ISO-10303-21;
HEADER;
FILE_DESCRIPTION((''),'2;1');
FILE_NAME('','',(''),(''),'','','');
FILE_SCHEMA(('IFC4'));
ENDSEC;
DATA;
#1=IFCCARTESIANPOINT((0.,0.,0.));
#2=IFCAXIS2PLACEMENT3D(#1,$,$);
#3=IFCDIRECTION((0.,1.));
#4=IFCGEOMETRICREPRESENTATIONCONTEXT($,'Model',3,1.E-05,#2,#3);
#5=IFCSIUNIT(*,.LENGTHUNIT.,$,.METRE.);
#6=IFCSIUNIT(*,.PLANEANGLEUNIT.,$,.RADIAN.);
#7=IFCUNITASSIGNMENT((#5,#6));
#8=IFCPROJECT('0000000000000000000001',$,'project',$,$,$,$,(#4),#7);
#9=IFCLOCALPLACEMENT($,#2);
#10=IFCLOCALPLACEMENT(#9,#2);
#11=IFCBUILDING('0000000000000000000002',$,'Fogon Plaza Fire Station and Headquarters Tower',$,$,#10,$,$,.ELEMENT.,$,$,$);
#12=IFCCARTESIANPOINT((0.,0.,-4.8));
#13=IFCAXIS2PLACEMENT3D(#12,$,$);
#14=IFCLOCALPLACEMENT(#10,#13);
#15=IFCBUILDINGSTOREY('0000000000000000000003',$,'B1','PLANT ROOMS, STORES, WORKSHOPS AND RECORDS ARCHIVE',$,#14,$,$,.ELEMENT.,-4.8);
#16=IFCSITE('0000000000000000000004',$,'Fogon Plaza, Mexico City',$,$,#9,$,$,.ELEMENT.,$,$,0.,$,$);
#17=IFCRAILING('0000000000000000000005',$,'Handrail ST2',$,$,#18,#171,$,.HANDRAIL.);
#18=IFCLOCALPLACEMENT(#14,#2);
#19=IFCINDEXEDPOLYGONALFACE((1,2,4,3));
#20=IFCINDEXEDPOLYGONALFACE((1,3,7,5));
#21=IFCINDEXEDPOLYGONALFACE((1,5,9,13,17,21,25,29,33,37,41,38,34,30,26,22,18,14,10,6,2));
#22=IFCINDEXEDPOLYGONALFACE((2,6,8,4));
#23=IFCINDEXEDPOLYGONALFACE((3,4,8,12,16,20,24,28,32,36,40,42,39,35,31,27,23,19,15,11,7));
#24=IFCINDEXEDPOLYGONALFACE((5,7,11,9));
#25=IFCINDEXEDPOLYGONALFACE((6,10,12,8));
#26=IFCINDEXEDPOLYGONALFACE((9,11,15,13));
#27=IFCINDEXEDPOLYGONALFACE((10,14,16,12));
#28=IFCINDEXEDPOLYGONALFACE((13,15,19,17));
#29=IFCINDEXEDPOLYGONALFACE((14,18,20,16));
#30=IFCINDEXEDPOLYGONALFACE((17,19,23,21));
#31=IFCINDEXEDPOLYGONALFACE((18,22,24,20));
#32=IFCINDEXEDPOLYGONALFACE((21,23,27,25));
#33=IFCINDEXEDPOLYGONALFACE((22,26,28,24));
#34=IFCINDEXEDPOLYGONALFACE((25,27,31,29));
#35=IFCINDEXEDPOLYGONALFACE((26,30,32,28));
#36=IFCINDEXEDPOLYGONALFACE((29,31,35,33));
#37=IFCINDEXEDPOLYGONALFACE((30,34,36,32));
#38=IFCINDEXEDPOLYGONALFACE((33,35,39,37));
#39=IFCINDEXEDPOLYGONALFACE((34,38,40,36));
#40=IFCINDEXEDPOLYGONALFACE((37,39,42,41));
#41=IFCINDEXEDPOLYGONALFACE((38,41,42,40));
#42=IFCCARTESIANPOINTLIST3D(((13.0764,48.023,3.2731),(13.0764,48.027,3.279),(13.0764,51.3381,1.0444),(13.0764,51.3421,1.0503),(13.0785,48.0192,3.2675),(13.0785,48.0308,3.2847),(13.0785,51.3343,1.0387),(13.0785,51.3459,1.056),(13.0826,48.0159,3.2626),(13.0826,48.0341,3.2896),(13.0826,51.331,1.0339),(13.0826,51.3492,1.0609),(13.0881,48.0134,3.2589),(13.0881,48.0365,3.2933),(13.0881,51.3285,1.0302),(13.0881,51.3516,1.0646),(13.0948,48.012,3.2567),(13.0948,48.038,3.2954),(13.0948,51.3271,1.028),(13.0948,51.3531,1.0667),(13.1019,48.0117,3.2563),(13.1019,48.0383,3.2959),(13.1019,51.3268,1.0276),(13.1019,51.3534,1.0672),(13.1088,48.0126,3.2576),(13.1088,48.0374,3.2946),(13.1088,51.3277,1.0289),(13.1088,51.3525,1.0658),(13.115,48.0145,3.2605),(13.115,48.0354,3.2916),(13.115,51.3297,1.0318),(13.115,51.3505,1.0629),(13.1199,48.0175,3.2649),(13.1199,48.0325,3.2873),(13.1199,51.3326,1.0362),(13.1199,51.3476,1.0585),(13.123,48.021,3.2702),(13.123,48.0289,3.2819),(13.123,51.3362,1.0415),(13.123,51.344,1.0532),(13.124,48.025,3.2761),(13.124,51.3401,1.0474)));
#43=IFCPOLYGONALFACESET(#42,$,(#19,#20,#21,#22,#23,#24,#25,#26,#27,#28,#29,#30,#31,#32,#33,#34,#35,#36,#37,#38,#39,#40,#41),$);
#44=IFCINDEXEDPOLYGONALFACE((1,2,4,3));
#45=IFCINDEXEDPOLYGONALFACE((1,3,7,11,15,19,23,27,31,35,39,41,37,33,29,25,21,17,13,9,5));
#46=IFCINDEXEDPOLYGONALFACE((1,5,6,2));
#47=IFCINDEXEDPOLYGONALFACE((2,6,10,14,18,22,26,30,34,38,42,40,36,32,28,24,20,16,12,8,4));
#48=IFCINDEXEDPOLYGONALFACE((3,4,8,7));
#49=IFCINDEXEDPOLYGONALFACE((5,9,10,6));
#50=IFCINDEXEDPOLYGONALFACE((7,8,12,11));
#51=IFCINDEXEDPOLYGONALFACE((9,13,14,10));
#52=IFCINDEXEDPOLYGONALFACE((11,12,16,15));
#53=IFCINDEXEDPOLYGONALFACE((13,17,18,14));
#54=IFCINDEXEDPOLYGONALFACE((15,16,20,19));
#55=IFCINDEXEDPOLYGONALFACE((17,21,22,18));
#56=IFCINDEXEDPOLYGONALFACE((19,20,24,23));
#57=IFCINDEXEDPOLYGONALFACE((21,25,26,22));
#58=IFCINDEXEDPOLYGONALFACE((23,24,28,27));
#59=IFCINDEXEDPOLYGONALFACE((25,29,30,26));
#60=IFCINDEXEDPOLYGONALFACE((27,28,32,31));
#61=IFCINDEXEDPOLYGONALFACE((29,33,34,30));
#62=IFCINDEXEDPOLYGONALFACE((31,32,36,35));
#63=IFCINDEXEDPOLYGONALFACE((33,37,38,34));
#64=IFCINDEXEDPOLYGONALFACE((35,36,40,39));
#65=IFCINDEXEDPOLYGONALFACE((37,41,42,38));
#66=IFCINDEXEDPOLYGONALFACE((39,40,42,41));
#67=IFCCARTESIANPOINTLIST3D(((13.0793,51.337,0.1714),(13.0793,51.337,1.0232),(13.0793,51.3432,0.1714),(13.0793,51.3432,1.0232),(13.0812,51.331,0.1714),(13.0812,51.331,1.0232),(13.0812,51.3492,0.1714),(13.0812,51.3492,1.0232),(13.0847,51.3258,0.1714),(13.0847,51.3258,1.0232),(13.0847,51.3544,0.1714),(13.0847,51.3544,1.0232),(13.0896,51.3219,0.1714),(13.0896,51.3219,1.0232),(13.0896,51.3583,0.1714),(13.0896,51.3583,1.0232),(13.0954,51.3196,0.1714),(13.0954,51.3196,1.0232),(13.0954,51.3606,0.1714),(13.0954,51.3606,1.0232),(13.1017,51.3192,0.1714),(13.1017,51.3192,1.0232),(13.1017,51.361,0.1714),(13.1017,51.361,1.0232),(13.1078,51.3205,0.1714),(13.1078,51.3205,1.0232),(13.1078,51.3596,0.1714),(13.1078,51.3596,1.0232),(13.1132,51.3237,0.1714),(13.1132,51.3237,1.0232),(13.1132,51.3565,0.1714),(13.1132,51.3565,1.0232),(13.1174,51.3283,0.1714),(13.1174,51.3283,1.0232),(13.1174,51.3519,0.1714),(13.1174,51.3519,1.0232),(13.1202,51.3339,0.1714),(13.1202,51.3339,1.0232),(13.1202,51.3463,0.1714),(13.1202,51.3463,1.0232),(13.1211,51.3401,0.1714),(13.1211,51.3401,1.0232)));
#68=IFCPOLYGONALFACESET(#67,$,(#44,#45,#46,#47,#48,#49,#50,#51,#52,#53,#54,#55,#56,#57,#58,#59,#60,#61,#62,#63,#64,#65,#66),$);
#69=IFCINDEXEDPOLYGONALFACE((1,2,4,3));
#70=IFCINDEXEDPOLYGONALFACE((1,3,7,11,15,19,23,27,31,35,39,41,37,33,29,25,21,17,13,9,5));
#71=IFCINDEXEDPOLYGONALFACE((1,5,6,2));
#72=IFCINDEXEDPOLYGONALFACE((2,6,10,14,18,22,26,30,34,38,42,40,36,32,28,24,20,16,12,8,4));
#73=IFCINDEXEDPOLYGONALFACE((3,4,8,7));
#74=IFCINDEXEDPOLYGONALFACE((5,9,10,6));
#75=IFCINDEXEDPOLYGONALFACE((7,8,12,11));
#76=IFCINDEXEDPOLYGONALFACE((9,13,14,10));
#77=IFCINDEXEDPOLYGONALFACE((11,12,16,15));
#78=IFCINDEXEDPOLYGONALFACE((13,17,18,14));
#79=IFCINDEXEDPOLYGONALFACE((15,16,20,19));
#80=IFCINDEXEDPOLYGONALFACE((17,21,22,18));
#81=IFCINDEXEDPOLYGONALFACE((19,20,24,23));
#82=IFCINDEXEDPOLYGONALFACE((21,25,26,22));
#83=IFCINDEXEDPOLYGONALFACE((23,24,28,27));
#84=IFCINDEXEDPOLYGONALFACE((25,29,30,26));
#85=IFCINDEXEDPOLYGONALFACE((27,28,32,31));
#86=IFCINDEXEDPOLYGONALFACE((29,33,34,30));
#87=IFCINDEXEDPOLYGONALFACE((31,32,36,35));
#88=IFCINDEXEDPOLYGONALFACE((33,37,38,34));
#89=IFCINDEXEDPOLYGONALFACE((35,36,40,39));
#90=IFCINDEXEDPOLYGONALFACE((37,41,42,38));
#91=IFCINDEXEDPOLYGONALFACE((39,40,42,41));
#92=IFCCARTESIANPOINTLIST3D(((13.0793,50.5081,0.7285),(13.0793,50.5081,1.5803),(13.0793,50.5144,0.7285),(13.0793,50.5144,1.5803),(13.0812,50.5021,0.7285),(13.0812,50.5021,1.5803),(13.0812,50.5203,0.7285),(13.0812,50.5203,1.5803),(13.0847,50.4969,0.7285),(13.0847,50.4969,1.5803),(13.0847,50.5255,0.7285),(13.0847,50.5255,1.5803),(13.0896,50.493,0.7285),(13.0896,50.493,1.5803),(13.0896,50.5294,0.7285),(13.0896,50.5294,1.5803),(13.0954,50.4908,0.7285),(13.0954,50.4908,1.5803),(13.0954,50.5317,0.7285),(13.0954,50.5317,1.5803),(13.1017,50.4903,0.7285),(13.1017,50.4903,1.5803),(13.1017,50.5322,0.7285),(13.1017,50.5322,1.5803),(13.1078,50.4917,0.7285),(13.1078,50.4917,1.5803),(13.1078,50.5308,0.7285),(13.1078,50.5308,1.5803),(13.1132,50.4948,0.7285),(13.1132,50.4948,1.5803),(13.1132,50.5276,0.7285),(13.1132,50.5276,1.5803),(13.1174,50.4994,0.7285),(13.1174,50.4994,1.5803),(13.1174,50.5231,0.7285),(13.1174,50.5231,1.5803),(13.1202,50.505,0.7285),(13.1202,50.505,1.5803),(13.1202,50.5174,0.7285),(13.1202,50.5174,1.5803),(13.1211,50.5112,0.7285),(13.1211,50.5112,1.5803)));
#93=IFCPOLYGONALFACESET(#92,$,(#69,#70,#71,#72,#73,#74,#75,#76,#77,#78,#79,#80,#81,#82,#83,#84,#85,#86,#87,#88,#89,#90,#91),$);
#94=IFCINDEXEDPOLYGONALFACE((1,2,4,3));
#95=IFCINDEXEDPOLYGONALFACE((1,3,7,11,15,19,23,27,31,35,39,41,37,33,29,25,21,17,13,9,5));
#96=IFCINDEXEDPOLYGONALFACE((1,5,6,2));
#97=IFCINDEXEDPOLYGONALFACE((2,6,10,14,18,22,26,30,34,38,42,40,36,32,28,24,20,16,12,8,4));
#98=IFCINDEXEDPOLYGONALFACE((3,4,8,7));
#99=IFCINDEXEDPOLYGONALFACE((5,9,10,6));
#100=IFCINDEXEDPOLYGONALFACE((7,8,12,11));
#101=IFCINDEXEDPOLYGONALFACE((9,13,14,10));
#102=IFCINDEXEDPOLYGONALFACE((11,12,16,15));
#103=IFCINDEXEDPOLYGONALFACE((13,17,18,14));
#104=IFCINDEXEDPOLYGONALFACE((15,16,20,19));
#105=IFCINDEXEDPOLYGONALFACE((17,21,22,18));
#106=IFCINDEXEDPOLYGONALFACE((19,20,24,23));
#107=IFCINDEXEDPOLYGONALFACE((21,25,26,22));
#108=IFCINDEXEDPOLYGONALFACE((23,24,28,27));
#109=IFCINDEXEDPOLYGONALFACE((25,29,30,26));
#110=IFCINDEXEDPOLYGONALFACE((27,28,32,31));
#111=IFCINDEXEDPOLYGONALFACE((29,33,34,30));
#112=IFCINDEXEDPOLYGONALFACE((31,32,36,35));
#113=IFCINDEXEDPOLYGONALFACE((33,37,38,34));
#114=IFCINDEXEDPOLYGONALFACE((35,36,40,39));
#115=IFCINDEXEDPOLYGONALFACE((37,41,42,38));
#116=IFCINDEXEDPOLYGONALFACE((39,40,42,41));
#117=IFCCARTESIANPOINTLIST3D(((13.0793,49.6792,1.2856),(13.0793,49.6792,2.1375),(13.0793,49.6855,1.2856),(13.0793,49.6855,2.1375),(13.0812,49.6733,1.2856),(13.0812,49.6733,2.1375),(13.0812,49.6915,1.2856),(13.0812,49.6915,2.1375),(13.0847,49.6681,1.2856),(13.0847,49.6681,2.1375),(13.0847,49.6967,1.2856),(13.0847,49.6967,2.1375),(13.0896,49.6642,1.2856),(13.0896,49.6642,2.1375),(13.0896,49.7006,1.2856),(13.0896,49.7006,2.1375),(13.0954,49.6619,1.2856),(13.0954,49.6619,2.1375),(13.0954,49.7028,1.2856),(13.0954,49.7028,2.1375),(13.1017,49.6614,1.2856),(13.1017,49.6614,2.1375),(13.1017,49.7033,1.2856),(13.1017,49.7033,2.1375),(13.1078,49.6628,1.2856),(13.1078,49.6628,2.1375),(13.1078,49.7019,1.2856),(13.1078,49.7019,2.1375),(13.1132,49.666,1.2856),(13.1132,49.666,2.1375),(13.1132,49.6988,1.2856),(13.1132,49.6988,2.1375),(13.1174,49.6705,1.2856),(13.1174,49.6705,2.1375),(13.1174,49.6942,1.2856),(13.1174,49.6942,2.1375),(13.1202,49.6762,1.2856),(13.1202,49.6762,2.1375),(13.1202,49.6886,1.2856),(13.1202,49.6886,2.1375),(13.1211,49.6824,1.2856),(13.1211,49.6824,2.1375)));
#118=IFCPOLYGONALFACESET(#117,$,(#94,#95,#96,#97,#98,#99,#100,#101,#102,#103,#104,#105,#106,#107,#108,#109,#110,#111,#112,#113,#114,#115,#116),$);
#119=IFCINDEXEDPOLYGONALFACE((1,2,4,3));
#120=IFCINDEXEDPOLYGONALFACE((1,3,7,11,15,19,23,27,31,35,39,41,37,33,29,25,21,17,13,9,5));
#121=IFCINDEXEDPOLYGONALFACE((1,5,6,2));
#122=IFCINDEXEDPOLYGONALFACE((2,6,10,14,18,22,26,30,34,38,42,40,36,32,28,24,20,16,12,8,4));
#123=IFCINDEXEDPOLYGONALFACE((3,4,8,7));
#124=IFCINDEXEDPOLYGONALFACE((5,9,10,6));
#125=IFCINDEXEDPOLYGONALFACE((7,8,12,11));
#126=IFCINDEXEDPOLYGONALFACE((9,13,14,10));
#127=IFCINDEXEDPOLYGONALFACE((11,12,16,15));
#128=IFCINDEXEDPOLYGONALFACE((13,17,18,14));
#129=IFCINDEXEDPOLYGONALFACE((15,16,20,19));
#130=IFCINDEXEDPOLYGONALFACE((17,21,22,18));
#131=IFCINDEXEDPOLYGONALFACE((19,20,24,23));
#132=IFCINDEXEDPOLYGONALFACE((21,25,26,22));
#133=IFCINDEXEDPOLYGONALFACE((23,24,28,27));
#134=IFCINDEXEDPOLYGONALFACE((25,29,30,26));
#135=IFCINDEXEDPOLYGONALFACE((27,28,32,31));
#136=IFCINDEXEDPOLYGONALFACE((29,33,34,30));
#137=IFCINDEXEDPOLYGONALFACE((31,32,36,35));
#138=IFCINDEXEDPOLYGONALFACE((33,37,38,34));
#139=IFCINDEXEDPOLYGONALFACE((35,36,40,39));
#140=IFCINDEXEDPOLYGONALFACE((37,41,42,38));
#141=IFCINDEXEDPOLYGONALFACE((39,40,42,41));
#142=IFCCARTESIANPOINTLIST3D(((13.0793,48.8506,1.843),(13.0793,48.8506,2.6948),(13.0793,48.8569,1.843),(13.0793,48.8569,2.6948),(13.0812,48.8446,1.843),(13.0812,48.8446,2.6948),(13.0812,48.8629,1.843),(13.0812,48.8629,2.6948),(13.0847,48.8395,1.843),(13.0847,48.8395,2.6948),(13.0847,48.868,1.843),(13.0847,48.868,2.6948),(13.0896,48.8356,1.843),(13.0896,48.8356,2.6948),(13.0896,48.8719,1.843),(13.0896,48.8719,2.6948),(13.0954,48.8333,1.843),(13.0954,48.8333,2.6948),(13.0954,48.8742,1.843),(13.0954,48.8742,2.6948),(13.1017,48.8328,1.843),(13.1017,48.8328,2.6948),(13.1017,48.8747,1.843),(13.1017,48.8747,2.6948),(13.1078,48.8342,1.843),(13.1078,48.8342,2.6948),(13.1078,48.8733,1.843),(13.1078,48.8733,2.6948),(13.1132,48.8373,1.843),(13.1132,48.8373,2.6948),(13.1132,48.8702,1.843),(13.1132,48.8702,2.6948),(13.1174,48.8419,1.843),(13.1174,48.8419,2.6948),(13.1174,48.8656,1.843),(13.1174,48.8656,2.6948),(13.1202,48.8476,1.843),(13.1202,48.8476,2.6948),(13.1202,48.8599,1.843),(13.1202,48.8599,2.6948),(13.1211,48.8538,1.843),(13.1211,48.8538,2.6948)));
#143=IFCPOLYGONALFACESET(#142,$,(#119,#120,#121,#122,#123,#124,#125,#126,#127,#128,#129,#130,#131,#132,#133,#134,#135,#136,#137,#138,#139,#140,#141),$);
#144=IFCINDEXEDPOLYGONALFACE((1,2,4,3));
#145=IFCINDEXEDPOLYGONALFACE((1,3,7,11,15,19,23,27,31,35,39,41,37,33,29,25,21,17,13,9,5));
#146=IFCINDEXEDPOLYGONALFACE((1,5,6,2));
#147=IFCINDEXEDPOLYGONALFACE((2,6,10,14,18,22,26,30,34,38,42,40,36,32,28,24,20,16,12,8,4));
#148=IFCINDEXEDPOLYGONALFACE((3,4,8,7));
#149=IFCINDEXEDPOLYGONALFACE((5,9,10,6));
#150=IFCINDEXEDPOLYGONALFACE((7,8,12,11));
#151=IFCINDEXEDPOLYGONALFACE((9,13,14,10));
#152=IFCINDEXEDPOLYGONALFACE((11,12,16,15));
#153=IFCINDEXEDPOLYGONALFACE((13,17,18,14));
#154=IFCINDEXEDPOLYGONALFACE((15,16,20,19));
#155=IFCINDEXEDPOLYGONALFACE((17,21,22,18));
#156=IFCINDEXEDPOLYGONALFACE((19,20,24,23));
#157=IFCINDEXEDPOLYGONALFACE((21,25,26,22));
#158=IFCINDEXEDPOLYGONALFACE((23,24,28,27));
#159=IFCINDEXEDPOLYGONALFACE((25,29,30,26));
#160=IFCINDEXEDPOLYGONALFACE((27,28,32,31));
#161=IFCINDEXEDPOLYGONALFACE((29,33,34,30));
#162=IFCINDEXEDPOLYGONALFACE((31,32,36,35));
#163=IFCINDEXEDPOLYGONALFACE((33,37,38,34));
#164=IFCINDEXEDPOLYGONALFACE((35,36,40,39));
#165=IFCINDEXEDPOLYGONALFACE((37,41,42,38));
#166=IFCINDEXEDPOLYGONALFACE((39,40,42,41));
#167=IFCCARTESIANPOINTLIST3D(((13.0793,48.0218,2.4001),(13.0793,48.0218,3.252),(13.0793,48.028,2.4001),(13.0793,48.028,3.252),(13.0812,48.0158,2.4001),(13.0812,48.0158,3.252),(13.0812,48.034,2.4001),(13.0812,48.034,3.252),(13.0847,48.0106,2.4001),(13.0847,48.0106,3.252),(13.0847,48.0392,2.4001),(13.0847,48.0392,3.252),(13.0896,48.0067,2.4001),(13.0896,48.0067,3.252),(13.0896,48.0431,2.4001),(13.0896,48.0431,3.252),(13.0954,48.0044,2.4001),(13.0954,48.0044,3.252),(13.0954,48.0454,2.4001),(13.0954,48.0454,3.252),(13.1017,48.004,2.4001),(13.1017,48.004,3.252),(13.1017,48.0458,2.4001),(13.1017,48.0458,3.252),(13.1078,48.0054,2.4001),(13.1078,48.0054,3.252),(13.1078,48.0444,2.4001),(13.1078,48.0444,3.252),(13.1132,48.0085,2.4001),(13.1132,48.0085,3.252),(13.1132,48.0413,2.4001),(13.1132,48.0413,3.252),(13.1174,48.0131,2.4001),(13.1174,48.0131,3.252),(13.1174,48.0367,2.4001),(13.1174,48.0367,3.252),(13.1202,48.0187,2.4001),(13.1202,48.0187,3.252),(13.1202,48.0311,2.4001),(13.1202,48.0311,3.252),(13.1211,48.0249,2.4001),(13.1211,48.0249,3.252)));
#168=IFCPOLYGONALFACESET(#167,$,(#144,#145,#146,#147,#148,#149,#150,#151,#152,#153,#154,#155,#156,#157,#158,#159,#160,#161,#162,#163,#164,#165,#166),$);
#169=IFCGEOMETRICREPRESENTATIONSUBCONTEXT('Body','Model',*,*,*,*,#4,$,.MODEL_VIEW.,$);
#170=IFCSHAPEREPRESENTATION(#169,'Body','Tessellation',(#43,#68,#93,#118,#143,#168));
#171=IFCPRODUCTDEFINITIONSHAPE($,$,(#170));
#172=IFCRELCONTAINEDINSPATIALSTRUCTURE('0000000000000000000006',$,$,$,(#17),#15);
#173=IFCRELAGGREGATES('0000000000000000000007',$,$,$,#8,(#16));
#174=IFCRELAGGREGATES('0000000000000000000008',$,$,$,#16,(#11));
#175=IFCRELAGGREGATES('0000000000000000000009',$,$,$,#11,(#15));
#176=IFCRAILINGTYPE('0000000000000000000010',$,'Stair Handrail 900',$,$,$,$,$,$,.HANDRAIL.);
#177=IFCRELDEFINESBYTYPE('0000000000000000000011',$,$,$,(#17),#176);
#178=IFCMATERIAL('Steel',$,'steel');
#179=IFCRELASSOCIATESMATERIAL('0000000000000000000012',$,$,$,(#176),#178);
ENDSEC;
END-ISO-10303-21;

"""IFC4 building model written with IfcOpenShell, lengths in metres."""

from ifc_helpers import new_model, si_unit, direction, frame, origin, origin_2d, place, context, subcontext, project, spatial, circle, extrude, material, type_object, element, save


model = new_model("IFC4")

# Units and contexts
model_context = context("Model", 3, precision=1e-05, world=origin(), true_north=direction((0.0, 1.0)))
body_context = subcontext(model_context, "Body", "Model", "MODEL_VIEW")
ifc_project = project(units=[si_unit("LENGTHUNIT", "METRE"), si_unit("PLANEANGLEUNIT", "RADIAN")], contexts=[model_context])

# Site, building, storey
site_placement = place(None, origin())
site = spatial("IfcSite", under=ifc_project, at=site_placement, Name="Fogon Plaza, Mexico City", CompositionType="ELEMENT", RefElevation=0.0)
building_placement = place(site_placement, origin())
building = spatial("IfcBuilding", under=site, at=building_placement, Name="Fogon Plaza Fire Station and Headquarters Tower", CompositionType="ELEMENT")
storey_placement = place(building_placement, frame((0.0, 0.0, -4.8)))
storey = spatial("IfcBuildingStorey", under=building, at=storey_placement, Name="B1", Description="PLANT ROOMS, STORES, WORKSHOPS AND RECORDS ARCHIVE", CompositionType="ELEMENT", Elevation=-4.8)

# Railing
ifc_material_1 = material(Name="Steel", Category="steel")
railing_type_1 = type_object("IfcRailingType", Name="Stair Handrail 900", PredefinedType="HANDRAIL", material=ifc_material_1)
for number, where, name in (
    (1, (13.1001, 51.3401, 0.1714), "Handrail ST2"),
):
    element("IfcRailing", number, at=place(storey_placement, frame(where)), inside=storey, type_object=railing_type_1, Name=name, PredefinedType="HANDRAIL", context=body_context, shape_type="SweptSolid", body=[
        extrude(circle(Radius=0.0239, at=origin_2d()), frame((0.0, 0.0, 0.876), z_axis=(0.0, -0.829891, 0.557926), x_axis=(1.0, 0.0, 0.0)), (0.0, 0.0, 1.0), 3.9946),
        extrude(circle(Radius=0.021, at=origin_2d()), origin(), (0.0, 0.0, 1.0), 0.8518),
        extrude(circle(Radius=0.021, at=origin_2d()), frame((0.0, -0.8289, 0.5571)), (0.0, 0.0, 1.0), 0.8518),
        extrude(circle(Radius=0.021, at=origin_2d()), frame((0.0, -1.6577, 1.1143)), (0.0, 0.0, 1.0), 0.8518),
        extrude(circle(Radius=0.021, at=origin_2d()), frame((0.0, -2.4863, 1.6716)), (0.0, 0.0, 1.0), 0.8518),
        extrude(circle(Radius=0.021, at=origin_2d()), frame((0.0, -3.3152, 2.2288)), (0.0, 0.0, 1.0), 0.8518),
    ])

save(model, "model.ifc")
